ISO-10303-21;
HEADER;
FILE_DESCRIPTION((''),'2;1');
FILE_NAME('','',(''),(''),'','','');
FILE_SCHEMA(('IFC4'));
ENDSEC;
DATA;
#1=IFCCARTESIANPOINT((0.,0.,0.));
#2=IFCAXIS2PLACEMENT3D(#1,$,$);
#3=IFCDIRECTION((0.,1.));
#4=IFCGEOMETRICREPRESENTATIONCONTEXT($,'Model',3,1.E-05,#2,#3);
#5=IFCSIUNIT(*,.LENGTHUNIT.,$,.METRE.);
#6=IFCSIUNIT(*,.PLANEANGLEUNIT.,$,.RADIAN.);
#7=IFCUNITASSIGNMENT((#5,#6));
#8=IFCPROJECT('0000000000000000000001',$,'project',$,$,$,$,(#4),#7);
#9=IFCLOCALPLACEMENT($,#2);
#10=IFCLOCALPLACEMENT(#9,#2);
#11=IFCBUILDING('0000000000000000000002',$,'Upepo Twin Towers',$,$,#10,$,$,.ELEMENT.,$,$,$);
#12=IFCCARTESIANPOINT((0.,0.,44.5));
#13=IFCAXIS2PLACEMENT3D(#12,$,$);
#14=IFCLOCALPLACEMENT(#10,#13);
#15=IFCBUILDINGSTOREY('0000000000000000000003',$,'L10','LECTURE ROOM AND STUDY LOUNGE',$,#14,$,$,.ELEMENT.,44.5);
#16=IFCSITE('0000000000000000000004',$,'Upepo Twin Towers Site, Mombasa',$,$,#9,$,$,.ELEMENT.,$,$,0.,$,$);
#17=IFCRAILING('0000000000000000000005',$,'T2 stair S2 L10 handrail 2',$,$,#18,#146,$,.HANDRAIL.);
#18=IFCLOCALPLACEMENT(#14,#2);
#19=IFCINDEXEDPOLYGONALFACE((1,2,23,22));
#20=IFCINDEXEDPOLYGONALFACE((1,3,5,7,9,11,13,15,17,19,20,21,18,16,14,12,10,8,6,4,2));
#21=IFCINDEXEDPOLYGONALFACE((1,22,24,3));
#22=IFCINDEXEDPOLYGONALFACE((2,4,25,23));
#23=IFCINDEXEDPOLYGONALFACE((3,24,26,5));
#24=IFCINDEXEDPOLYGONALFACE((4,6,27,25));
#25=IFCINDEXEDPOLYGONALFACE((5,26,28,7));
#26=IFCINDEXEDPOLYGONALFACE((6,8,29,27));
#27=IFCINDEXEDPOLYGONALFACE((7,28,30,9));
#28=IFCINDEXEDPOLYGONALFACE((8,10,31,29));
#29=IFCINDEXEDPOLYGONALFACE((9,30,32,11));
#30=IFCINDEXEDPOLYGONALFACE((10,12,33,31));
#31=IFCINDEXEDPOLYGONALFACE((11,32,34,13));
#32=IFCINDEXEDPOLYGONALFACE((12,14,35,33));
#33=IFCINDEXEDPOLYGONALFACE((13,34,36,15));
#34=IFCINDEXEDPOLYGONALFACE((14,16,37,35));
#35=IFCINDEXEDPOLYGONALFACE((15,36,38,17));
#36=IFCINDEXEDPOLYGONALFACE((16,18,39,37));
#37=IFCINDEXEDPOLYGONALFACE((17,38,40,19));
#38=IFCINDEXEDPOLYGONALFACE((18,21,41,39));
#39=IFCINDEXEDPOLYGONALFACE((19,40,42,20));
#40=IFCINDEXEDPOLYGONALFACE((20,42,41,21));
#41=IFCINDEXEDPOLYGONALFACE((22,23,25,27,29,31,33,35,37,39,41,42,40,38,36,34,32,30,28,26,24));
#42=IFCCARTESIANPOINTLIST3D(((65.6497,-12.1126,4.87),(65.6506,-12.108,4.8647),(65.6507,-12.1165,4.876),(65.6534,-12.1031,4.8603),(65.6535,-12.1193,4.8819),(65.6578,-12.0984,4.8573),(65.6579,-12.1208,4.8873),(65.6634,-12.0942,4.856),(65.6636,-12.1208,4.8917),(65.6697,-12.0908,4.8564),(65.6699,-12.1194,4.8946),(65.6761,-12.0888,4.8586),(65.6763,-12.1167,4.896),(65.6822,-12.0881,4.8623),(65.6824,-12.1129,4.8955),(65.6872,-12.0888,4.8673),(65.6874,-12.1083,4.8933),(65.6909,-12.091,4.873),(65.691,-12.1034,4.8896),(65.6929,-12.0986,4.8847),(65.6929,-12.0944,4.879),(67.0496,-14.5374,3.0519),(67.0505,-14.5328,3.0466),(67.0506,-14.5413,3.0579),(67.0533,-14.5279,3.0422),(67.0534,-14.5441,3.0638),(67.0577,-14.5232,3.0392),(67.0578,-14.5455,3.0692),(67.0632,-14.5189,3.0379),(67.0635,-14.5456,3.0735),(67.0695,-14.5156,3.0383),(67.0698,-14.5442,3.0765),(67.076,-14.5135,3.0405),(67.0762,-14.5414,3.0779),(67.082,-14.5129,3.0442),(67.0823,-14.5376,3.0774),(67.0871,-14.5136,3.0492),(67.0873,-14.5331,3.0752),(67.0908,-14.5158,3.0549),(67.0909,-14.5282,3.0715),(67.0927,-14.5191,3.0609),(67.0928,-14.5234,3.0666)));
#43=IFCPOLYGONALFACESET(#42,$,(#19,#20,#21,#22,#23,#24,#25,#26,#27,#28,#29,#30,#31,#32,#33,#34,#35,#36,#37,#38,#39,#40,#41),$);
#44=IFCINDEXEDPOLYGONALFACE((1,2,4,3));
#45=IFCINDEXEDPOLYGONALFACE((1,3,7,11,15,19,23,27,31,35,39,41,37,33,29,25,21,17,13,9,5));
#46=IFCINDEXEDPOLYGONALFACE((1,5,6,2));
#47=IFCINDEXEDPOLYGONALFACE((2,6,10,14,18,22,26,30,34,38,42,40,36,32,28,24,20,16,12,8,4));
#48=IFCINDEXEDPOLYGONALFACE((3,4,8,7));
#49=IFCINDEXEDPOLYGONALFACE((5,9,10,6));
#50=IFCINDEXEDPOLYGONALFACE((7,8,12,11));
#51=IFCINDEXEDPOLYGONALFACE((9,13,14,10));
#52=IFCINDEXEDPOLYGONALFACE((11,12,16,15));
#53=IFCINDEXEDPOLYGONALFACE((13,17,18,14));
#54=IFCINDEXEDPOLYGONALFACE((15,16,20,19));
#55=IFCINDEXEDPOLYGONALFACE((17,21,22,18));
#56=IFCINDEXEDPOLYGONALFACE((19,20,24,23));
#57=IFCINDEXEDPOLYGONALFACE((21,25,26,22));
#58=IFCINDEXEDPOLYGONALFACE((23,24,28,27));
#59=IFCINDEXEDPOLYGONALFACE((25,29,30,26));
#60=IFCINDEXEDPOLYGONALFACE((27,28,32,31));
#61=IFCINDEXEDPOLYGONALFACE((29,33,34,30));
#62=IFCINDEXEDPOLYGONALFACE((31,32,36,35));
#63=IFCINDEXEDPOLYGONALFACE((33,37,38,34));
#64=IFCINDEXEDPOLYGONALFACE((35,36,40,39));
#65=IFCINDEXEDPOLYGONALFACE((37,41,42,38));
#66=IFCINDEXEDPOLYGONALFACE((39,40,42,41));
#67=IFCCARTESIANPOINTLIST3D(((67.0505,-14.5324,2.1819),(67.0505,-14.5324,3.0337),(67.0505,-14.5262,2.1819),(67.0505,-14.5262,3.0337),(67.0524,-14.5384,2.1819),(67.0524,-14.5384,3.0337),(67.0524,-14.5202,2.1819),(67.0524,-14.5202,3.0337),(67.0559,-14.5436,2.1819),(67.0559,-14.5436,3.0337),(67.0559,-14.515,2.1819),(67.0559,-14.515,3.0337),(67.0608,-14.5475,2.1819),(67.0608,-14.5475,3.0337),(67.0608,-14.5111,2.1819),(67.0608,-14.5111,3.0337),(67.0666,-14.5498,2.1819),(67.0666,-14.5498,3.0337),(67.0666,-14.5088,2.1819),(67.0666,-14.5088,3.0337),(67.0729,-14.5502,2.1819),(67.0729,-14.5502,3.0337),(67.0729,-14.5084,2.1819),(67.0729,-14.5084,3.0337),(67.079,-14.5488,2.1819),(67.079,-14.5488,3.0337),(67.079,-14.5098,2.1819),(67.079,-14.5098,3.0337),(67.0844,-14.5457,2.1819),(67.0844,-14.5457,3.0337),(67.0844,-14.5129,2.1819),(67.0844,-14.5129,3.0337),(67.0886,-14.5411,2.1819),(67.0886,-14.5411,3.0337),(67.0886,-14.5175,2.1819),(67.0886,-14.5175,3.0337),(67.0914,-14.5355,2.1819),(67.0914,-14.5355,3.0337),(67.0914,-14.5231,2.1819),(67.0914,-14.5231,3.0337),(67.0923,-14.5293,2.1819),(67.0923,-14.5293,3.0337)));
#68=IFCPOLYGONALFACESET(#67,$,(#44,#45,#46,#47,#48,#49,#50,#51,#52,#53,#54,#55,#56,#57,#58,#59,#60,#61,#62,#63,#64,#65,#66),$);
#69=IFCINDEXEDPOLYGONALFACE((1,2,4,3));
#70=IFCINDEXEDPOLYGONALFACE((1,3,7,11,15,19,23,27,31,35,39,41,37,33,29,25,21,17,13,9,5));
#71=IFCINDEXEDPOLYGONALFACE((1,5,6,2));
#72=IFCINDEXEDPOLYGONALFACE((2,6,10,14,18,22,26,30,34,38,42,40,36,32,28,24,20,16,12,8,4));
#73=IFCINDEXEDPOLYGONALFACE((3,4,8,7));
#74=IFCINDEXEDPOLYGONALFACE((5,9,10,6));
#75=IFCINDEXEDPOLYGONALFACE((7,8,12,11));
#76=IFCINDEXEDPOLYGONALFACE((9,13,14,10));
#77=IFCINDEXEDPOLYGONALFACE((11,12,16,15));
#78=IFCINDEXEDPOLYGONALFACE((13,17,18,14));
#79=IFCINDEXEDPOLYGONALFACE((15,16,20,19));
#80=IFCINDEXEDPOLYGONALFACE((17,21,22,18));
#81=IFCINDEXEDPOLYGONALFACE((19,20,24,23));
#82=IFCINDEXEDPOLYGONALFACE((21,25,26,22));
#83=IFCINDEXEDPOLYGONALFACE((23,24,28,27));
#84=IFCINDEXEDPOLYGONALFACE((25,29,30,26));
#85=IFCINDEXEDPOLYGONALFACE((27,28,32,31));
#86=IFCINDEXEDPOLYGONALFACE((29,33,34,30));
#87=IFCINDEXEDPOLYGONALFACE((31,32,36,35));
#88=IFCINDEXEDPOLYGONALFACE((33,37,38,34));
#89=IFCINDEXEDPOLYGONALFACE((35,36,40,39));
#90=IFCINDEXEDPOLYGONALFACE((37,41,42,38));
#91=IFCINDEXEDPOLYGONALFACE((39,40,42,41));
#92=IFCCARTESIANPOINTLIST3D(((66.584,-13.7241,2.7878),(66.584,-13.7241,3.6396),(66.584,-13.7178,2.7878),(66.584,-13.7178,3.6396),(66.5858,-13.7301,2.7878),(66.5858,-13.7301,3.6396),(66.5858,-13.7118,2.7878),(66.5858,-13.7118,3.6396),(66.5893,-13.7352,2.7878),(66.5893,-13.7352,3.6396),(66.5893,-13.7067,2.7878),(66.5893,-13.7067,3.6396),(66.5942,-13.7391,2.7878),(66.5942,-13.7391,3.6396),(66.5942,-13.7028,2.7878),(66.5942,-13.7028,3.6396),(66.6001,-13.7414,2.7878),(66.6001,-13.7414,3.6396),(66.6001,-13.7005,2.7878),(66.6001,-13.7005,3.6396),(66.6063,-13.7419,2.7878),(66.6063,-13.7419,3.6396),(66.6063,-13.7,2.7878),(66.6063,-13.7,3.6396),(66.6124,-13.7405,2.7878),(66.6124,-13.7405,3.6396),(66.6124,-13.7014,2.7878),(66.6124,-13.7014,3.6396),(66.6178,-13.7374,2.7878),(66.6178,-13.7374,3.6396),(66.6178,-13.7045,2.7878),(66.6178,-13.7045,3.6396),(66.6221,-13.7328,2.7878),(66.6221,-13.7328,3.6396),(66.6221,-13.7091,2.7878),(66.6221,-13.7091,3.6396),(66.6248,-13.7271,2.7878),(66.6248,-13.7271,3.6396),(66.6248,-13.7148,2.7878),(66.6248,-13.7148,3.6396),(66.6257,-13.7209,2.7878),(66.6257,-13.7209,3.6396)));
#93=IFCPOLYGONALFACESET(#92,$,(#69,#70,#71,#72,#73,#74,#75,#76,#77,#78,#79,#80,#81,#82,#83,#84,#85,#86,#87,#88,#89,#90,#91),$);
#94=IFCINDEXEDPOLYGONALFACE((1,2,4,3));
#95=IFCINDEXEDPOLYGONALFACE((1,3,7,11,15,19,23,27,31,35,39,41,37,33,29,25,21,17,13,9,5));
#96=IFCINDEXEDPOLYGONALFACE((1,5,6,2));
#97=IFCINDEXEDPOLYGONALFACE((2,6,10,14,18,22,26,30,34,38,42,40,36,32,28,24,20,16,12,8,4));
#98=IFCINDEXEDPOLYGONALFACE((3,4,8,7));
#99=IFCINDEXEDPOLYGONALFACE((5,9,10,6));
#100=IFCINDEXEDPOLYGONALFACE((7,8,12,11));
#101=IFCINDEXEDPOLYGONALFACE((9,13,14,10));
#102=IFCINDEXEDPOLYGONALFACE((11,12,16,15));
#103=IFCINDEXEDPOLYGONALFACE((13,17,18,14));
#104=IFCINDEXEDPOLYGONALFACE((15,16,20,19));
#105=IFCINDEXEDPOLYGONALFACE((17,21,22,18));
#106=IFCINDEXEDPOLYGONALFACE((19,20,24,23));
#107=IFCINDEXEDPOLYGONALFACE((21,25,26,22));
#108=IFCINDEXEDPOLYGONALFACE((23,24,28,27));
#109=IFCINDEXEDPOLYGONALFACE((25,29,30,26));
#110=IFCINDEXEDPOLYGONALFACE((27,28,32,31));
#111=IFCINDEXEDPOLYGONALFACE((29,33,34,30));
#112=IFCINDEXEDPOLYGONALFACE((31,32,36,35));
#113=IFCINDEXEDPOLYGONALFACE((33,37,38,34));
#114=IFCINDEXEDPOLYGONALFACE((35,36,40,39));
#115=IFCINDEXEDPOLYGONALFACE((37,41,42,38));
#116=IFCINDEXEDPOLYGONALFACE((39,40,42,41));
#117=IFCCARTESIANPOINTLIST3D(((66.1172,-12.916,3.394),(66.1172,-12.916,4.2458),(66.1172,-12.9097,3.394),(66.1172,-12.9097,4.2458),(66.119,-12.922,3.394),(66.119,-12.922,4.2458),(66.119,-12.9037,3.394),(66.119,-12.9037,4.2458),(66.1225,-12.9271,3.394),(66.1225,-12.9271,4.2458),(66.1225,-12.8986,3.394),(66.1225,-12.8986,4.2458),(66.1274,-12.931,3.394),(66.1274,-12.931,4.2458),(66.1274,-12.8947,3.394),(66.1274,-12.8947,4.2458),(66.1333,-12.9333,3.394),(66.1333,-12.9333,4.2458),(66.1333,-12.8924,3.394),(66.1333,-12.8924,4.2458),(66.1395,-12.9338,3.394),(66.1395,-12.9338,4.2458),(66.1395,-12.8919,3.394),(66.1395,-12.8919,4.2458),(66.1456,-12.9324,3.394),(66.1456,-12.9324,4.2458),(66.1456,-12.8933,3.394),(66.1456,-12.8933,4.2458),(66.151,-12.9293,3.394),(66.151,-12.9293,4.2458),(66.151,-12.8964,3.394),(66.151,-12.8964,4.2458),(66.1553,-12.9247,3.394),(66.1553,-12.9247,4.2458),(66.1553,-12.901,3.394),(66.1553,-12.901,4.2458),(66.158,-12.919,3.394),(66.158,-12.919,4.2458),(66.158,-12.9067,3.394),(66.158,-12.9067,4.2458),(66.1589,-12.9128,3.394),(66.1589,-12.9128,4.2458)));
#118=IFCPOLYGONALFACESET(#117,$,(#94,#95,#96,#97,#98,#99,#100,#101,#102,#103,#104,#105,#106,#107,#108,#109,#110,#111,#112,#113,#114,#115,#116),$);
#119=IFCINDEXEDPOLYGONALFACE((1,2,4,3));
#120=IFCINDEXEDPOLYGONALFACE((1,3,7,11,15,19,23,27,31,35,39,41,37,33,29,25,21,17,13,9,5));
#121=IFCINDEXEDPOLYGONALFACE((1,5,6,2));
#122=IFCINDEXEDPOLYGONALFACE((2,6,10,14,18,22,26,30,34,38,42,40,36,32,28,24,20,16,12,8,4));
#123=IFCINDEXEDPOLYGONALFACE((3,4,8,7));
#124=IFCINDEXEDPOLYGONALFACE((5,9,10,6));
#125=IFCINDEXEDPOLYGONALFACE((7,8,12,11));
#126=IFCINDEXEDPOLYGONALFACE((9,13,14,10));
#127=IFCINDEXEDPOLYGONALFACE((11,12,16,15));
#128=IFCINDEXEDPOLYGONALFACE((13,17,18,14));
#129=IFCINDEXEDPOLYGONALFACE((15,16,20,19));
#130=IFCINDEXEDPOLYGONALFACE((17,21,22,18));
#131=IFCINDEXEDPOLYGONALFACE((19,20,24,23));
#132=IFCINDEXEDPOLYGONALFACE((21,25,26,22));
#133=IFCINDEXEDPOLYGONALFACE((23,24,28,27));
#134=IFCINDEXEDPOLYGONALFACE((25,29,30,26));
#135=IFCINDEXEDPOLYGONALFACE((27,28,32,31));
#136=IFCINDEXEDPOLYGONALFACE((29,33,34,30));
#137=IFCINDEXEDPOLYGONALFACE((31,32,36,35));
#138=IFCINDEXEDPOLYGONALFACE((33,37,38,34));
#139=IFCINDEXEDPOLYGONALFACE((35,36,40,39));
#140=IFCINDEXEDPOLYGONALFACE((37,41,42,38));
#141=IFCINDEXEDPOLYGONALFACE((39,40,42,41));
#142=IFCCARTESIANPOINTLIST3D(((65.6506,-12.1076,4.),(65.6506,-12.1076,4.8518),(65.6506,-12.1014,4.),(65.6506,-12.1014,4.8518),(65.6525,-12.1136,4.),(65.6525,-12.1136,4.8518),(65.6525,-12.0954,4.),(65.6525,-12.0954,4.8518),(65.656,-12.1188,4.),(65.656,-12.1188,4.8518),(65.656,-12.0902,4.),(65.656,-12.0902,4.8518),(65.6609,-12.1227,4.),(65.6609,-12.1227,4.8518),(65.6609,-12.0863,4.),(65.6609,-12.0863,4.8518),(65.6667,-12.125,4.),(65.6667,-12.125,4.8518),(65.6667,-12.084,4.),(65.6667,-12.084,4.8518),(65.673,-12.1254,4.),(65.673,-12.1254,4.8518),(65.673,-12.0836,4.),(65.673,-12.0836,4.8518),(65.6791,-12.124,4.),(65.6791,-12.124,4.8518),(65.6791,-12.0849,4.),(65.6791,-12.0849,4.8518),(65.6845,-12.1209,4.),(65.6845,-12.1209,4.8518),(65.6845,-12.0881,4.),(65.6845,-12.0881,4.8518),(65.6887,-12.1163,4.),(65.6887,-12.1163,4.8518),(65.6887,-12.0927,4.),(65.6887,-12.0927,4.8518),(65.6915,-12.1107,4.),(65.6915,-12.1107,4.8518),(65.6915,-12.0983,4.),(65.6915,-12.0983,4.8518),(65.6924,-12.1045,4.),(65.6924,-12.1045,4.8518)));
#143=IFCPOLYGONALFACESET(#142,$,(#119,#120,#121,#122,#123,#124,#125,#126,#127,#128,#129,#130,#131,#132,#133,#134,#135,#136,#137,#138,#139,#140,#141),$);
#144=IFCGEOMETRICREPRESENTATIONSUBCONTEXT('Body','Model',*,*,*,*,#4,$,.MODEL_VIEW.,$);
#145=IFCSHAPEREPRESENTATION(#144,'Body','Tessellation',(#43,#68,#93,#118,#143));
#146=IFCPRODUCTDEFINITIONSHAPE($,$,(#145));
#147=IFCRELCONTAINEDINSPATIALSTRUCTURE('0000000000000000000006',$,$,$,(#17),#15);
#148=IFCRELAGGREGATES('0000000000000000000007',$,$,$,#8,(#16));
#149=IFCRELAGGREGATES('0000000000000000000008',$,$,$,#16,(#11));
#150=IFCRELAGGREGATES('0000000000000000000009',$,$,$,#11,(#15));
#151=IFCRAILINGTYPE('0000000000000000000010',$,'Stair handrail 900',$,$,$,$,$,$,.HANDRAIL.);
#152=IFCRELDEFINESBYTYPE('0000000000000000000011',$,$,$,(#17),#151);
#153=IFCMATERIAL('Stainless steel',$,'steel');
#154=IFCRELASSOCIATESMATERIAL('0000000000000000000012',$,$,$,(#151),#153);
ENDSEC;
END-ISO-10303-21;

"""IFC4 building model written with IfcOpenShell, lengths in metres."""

from ifc_helpers import new_model, si_unit, direction, frame, origin, origin_2d, place, context, subcontext, project, spatial, circle, extrude, material, type_object, element, save


model = new_model("IFC4")

# Units and contexts
model_context = context("Model", 3, precision=1e-05, world=origin(), true_north=direction((0.0, 1.0)))
body_context = subcontext(model_context, "Body", "Model", "MODEL_VIEW")
ifc_project = project(units=[si_unit("LENGTHUNIT", "METRE"), si_unit("PLANEANGLEUNIT", "RADIAN")], contexts=[model_context])

# Site, building, storey
site_placement = place(None, origin())
site = spatial("IfcSite", under=ifc_project, at=site_placement, Name="Upepo Twin Towers Site, Mombasa", CompositionType="ELEMENT", RefElevation=0.0)
building_placement = place(site_placement, origin())
building = spatial("IfcBuilding", under=site, at=building_placement, Name="Upepo Twin Towers", CompositionType="ELEMENT")
storey_placement = place(building_placement, frame((0.0, 0.0, 44.5)))
storey = spatial("IfcBuildingStorey", under=building, at=storey_placement, Name="L10", Description="LECTURE ROOM AND STUDY LOUNGE", CompositionType="ELEMENT", Elevation=44.5)

# Railing
ifc_material_1 = material(Name="Stainless steel", Category="steel")
railing_type = type_object("IfcRailingType", Name="Stair handrail 900", PredefinedType="HANDRAIL", material=ifc_material_1)
railing_1_placement = place(storey_placement, frame((67.0713, -14.5293, 2.1819)))
element("IfcRailing", 1, at=railing_1_placement, inside=storey, type_object=railing_type, Name="T2 stair S2 L10 handrail 2", PredefinedType="HANDRAIL", context=body_context, shape_type="SweptSolid", body=[
    extrude(circle(Radius=0.0239, at=origin_2d()), frame((0.0, 0.0, 0.876), z_axis=(-0.419333, 0.726336, 0.544606), x_axis=(-0.866035, -0.499984, 0.0)), (0.0, 0.0, 1.0), 3.3384),
    extrude(circle(Radius=0.021, at=origin_2d()), origin(), (0.0, 0.0, 1.0), 0.8518),
    extrude(circle(Radius=0.021, at=origin_2d()), frame((-0.4666, 0.8083, 0.606)), (0.0, 0.0, 1.0), 0.8518),
    extrude(circle(Radius=0.021, at=origin_2d()), frame((-0.9333, 1.6165, 1.2122)), (0.0, 0.0, 1.0), 0.8518),
    extrude(circle(Radius=0.021, at=origin_2d()), frame((-1.3999, 2.4248, 1.8181)), (0.0, 0.0, 1.0), 0.8518),
])

save(model, "model.ifc")
